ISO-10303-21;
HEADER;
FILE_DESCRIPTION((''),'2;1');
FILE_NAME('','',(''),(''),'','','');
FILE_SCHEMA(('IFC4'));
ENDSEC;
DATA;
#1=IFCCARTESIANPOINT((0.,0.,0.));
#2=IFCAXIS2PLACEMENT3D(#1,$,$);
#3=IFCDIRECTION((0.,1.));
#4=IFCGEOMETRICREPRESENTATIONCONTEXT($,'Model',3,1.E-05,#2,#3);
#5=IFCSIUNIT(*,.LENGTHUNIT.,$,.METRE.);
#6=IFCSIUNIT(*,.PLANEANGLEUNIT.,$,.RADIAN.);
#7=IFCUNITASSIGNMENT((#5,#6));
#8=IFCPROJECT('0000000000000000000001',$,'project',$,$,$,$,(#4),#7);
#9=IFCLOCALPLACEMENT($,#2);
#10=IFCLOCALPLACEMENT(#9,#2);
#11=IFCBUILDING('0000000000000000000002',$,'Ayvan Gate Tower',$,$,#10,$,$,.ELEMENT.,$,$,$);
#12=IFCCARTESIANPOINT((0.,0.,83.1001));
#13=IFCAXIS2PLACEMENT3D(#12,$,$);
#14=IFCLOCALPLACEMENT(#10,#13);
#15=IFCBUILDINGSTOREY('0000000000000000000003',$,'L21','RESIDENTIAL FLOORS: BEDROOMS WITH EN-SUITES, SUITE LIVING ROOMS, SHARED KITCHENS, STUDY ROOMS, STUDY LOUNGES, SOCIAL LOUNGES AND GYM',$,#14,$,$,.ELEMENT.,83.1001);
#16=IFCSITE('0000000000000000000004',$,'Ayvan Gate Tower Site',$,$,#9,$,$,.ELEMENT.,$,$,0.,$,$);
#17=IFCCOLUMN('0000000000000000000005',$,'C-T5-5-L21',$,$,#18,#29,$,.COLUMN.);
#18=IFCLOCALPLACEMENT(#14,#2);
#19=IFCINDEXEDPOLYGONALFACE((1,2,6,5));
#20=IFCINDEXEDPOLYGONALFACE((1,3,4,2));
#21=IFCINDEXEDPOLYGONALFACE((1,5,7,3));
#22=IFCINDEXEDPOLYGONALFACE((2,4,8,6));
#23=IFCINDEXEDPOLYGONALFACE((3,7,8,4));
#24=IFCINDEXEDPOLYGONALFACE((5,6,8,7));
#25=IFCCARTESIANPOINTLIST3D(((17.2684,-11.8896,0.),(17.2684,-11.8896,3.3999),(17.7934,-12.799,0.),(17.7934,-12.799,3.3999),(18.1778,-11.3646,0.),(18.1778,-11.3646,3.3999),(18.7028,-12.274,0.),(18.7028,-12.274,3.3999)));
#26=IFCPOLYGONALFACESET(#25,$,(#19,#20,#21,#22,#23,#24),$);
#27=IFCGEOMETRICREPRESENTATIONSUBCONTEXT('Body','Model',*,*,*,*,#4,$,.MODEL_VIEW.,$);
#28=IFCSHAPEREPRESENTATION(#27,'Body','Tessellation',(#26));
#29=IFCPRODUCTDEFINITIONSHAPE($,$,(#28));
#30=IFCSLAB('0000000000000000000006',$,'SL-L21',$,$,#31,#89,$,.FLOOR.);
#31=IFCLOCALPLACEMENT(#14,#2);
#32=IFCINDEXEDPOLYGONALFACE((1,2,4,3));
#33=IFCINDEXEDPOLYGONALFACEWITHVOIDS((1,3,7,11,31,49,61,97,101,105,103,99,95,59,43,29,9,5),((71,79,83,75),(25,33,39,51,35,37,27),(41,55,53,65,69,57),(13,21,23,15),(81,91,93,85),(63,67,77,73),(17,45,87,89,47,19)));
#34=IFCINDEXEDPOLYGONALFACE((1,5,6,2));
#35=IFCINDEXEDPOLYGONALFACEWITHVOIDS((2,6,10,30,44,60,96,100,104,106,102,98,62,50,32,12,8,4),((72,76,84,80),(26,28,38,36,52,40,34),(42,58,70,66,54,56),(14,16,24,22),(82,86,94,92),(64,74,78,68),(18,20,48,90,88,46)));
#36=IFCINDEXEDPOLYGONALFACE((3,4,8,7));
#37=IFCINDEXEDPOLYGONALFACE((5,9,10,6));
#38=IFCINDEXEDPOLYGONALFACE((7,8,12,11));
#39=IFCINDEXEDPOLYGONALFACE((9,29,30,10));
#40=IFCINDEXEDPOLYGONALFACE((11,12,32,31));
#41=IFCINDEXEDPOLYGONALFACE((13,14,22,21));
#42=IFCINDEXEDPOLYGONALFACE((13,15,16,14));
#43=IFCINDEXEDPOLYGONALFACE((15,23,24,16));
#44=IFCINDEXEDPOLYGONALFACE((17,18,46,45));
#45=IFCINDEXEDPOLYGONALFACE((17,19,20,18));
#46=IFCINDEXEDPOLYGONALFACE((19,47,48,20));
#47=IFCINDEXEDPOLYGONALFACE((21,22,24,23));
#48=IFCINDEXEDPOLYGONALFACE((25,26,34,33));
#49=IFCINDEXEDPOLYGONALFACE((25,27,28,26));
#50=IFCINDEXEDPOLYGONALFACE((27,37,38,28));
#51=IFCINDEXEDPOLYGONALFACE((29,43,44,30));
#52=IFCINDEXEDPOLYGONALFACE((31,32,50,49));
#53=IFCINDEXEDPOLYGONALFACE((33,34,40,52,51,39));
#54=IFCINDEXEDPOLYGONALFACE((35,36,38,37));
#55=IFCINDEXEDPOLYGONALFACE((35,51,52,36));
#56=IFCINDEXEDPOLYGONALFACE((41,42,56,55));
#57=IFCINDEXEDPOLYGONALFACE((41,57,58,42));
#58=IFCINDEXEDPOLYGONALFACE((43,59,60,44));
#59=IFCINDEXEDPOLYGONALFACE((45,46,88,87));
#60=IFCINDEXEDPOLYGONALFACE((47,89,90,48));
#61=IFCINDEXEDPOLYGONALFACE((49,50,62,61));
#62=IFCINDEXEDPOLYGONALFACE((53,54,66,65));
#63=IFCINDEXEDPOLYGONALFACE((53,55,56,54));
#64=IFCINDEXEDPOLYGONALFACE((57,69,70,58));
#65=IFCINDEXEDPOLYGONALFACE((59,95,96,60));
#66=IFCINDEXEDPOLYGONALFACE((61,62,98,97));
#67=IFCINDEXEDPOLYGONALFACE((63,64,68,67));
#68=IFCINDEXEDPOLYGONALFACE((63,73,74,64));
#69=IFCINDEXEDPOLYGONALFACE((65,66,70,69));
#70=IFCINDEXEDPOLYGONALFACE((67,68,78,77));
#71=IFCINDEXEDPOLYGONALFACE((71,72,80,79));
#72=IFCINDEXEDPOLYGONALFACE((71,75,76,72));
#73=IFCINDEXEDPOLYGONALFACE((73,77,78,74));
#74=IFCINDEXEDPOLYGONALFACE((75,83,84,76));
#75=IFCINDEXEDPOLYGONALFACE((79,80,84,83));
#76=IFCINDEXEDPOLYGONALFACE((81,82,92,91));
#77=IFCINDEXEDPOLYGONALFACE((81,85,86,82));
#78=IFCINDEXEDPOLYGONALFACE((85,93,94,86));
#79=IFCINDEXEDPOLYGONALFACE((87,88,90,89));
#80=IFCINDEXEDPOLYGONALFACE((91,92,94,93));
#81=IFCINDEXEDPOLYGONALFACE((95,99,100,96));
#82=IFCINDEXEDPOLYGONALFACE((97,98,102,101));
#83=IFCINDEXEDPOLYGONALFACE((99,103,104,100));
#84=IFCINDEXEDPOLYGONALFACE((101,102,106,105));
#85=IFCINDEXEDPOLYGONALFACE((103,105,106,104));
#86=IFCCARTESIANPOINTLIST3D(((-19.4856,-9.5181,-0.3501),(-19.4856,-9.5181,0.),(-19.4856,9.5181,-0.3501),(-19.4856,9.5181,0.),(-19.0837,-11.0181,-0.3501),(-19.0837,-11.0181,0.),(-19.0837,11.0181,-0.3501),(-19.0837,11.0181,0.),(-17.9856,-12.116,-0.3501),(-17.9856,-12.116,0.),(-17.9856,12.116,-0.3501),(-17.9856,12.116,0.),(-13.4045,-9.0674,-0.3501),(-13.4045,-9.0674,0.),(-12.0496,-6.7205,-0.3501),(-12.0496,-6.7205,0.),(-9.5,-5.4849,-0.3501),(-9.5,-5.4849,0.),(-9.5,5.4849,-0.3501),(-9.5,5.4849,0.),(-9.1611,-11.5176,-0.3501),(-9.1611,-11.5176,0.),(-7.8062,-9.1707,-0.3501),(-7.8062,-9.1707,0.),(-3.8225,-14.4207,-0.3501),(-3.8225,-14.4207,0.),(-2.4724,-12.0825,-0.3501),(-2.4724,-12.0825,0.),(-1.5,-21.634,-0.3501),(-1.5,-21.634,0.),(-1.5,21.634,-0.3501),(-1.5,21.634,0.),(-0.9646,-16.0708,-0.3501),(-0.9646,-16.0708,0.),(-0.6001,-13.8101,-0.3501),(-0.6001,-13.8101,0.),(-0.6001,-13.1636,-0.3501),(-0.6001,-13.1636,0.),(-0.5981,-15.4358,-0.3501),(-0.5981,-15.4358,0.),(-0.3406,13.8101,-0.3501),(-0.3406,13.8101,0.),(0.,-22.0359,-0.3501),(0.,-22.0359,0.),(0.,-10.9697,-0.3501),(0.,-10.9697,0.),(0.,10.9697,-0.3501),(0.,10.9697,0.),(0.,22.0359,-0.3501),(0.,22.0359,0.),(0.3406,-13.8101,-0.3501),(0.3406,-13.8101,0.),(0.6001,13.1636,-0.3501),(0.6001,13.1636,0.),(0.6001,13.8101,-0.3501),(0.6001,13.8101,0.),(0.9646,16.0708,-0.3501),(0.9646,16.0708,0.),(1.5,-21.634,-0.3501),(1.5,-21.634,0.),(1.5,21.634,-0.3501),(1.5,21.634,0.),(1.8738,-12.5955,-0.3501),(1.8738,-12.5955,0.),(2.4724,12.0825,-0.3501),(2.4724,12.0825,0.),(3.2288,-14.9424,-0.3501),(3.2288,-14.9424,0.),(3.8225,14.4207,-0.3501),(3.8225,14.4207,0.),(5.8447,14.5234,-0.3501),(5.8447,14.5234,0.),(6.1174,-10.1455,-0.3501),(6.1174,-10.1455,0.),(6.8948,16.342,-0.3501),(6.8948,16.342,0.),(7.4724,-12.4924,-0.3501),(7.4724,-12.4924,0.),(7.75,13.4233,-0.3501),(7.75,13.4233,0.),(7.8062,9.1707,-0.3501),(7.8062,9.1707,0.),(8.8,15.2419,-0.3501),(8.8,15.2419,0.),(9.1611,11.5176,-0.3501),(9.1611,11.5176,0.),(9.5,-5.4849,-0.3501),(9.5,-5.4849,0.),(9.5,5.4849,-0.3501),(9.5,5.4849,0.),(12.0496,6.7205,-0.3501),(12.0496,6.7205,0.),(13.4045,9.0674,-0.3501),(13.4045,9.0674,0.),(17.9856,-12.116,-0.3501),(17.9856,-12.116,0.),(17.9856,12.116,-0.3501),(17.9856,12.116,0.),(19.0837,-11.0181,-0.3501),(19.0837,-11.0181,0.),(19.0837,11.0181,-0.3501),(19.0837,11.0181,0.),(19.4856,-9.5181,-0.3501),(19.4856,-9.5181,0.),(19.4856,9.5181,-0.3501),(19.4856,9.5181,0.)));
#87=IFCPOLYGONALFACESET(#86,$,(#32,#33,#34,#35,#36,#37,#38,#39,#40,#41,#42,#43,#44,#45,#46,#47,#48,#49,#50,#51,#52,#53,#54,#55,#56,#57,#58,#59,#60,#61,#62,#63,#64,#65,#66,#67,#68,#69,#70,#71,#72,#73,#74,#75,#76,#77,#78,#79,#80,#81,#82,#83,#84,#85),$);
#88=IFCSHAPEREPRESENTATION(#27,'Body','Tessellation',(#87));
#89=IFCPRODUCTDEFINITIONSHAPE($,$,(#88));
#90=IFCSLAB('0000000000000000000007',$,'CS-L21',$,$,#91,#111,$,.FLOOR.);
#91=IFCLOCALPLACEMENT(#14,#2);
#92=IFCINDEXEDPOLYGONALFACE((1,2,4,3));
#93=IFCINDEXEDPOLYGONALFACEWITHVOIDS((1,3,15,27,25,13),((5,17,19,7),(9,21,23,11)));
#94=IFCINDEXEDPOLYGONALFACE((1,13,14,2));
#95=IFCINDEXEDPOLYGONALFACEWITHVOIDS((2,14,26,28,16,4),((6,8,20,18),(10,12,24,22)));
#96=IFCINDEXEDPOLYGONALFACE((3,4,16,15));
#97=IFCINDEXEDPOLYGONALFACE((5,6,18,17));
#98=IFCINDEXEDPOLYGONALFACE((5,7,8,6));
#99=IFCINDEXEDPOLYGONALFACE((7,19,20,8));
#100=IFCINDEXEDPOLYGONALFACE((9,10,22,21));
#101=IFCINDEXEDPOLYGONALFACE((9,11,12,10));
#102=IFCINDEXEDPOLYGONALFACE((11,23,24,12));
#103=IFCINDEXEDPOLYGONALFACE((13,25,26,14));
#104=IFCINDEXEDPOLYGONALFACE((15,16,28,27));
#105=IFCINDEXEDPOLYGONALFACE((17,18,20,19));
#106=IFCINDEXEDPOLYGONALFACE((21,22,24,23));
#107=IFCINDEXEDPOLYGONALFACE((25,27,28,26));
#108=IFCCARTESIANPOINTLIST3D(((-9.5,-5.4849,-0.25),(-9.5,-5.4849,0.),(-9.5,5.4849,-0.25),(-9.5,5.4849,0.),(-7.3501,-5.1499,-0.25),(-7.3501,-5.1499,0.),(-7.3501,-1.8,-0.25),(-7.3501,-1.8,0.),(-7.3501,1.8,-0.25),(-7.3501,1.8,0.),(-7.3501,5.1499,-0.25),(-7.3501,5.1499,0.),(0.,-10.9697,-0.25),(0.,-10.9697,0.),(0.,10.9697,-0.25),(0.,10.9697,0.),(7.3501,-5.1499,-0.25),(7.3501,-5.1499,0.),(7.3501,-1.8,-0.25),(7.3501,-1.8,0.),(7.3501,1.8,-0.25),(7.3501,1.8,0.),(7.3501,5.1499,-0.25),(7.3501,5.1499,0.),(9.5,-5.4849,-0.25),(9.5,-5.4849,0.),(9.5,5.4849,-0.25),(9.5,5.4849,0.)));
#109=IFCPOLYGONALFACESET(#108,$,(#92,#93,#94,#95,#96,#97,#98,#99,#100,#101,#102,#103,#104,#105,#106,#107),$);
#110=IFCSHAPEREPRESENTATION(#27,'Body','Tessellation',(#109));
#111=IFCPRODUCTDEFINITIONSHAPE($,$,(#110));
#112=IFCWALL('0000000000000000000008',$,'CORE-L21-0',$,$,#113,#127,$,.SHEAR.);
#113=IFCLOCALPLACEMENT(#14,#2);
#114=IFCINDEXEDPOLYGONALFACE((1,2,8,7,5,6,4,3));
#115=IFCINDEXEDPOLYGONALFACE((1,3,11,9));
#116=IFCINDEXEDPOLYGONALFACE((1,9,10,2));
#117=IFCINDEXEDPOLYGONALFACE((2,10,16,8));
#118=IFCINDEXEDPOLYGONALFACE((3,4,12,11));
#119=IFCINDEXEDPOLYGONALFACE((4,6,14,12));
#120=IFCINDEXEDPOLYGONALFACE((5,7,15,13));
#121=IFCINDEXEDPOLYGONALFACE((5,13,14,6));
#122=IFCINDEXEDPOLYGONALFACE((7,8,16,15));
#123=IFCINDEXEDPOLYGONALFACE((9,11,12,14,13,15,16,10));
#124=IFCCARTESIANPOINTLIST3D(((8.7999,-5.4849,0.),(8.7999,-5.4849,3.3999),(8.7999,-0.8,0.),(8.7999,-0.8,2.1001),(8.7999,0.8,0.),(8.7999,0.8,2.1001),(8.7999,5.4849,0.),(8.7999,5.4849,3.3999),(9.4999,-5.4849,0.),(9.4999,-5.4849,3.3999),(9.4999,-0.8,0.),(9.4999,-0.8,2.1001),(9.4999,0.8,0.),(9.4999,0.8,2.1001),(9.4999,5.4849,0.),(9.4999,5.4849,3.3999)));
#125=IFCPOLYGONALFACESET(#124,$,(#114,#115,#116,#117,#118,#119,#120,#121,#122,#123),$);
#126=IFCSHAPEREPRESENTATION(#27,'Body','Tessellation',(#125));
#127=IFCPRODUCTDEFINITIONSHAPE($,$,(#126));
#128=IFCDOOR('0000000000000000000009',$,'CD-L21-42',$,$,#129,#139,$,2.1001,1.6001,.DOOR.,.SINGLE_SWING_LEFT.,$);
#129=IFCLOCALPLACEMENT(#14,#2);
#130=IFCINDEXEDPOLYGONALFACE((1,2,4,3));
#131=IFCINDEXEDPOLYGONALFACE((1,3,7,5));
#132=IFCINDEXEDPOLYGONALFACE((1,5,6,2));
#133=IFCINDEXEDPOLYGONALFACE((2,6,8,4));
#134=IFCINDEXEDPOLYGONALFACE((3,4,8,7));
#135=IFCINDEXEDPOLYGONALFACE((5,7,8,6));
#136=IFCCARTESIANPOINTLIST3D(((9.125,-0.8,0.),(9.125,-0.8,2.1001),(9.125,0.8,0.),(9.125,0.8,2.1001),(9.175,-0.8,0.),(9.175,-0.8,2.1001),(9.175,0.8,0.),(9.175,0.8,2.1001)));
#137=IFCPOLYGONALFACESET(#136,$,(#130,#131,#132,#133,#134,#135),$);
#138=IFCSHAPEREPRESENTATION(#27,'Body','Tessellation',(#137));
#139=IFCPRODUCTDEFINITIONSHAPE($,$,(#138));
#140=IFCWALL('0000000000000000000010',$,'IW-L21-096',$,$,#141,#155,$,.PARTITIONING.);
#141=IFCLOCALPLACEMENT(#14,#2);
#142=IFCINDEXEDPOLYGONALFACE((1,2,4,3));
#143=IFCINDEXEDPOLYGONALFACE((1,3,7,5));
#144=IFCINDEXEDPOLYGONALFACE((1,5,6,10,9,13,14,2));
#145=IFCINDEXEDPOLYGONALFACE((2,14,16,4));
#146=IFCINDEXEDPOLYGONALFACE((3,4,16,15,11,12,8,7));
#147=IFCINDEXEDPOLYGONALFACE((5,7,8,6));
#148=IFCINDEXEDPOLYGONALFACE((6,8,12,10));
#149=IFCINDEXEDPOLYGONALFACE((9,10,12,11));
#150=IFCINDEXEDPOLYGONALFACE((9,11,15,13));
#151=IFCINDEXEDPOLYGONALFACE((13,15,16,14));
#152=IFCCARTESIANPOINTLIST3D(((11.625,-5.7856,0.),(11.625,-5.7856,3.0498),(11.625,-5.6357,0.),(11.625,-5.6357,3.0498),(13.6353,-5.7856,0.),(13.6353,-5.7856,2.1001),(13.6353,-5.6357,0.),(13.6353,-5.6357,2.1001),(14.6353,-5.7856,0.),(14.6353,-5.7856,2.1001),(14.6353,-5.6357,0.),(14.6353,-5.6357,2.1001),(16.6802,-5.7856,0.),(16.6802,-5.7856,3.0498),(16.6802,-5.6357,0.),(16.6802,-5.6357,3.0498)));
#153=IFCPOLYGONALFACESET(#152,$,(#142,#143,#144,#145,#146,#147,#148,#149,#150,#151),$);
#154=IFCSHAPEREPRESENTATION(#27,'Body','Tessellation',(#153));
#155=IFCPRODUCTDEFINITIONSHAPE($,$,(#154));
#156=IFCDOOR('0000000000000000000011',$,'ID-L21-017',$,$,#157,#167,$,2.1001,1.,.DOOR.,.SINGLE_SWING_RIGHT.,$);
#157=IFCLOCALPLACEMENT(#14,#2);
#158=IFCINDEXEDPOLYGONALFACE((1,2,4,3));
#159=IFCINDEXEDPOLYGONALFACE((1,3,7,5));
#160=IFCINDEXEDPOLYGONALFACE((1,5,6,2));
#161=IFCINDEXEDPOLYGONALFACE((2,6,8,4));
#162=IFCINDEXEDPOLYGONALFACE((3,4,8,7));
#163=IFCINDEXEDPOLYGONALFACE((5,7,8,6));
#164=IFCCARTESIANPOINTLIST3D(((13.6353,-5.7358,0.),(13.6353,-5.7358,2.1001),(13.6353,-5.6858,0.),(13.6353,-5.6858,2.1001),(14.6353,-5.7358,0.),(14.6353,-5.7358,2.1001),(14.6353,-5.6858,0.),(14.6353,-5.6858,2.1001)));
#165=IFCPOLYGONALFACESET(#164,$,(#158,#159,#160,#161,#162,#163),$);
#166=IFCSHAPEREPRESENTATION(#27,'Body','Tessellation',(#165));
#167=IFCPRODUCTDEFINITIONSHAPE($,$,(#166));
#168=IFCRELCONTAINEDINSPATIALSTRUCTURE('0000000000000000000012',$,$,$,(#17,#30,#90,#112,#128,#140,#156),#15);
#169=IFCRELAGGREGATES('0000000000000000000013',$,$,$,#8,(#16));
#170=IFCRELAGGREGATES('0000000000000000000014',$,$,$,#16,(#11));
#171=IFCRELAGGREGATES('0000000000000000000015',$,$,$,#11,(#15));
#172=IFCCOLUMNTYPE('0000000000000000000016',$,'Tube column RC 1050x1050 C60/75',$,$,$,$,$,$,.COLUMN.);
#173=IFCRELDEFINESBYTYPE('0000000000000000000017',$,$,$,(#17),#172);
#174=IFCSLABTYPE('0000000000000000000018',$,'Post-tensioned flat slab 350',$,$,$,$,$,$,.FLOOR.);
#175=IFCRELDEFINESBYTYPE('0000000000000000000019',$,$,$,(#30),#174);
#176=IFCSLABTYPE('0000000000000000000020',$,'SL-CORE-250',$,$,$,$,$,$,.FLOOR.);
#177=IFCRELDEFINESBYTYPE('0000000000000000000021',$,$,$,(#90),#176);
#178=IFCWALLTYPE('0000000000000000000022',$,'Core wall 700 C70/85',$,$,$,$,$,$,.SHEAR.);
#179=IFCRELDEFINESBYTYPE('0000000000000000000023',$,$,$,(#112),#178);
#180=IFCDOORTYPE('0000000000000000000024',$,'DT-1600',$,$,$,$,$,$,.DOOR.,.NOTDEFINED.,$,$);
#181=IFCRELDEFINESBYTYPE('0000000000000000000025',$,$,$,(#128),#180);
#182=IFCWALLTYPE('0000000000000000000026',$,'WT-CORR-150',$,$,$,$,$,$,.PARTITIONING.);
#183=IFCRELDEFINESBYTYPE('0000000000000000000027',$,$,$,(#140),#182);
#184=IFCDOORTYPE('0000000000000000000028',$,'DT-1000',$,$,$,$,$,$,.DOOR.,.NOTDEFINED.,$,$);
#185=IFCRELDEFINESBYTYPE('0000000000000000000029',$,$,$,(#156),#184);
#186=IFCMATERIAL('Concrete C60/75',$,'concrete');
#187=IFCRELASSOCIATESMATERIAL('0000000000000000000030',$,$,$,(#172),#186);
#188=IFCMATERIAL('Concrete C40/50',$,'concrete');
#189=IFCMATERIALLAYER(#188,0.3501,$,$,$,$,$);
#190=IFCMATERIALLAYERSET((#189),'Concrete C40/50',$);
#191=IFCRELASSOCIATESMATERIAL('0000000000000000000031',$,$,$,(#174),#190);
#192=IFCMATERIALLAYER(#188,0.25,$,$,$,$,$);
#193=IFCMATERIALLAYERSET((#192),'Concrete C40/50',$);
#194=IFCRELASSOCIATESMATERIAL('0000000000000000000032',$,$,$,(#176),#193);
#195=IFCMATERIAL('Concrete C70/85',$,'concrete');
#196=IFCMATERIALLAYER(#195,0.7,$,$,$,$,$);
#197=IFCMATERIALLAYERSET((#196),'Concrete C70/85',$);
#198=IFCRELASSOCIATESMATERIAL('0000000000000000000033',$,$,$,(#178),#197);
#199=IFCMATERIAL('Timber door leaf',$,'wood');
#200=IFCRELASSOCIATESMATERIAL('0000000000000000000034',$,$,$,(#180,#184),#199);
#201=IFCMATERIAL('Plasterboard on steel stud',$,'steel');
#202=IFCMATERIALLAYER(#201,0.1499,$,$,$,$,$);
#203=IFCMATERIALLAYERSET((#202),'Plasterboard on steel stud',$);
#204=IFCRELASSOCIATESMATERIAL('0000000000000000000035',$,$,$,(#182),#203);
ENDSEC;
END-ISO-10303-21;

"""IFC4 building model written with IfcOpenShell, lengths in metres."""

from ifc_helpers import new_model, si_unit, direction, frame, frame_2d, origin, origin_2d, place, context, subcontext, project, spatial, polyline, rectangle, outline, extrude, material, layer, layer_set, material_profile, profile_set, type_object, element, fill, save


model = new_model("IFC4")

# Units and contexts
model_context = context("Model", 3, precision=1e-05, world=origin(), true_north=direction((0.0, 1.0)))
body_context = subcontext(model_context, "Body", "Model", "MODEL_VIEW")
ifc_project = project(units=[si_unit("LENGTHUNIT", "METRE"), si_unit("PLANEANGLEUNIT", "RADIAN")], contexts=[model_context])

# Site, building, storey
site_placement = place(None, origin())
site = spatial("IfcSite", under=ifc_project, at=site_placement, Name="Ayvan Gate Tower Site", CompositionType="ELEMENT", RefElevation=0.0)
building_placement = place(site_placement, origin())
building = spatial("IfcBuilding", under=site, at=building_placement, Name="Ayvan Gate Tower", CompositionType="ELEMENT")
storey_placement = place(building_placement, frame((0.0, 0.0, 83.1001)))
storey = spatial("IfcBuildingStorey", under=building, at=storey_placement, Name="L21", Description="RESIDENTIAL FLOORS: BEDROOMS WITH EN-SUITES, SUITE LIVING ROOMS, SHARED KITCHENS, STUDY ROOMS, STUDY LOUNGES, SOCIAL LOUNGES AND GYM", CompositionType="ELEMENT", Elevation=83.1001)

# Column
ifc_material_1 = material(Name="Concrete C60/75", Category="concrete")
ifc_material_profile = material_profile(ifc_material_1, rectangle(XDim=1.05, YDim=1.05, at=origin_2d()), Name="RC 1050x1050")
ifc_profile_set = profile_set([ifc_material_profile], Name="Concrete C60/75")
column_type = type_object("IfcColumnType", Name="Tube column RC 1050x1050 C60/75", PredefinedType="COLUMN", material=ifc_profile_set)
column_placement = place(storey_placement, frame((17.9856, -12.0818, 0.0), z_axis=(0.0, 0.0, 1.0), x_axis=(0.5, -0.866025, 0.0)))
element("IfcColumn", 1, at=column_placement, inside=storey, type_object=column_type, Name="C-T5-5-L21", PredefinedType="COLUMN", context=body_context, shape_type="SweptSolid", body=[
    extrude(rectangle(XDim=1.05, YDim=1.05, at=origin_2d()), origin(), (0.0, 0.0, 1.0), 3.3999),
])

# Slabs
ifc_material_2 = material(Name="Concrete C40/50", Category="concrete")
ifc_layer_1 = layer(ifc_material_2, 0.3501)
ifc_layer_set_1 = layer_set([ifc_layer_1], Name="Concrete C40/50")
slab_type_1 = type_object("IfcSlabType", Name="Post-tensioned flat slab 350", PredefinedType="FLOOR", material=ifc_layer_set_1)
slab_1_placement = place(storey_placement, frame((0.0, 0.0, -0.3501)))
element("IfcSlab", 2, at=slab_1_placement, inside=storey, type_object=slab_type_1, Name="SL-L21", PredefinedType="FLOOR", context=body_context, shape_type="SweptSolid", body=[
    extrude(outline(polyline([(0.0, -22.0359), (-1.5, -21.634), (-17.9856, -12.116), (-19.0837, -11.0181), (-19.4856, -9.5181), (-19.4856, 9.5181), (-19.0837, 11.0181), (-17.9856, 12.116), (-1.5, 21.634), (0.0, 22.0359), (1.5, 21.634), (17.9856, 12.116), (19.0837, 11.0181), (19.4856, 9.5181), (19.4856, -9.5181), (19.0837, -11.0181), (17.9856, -12.116), (1.5, -21.634), (0.0, -22.0359)]), holes=[polyline([(13.4045, 9.0674), (9.1611, 11.5176), (7.8062, 9.1707), (12.0496, 6.7205), (13.4045, 9.0674)]), polyline([(0.0, 10.9697), (-9.5, 5.4849), (-9.5, -5.4849), (0.0, -10.9697), (9.5, -5.4849), (9.5, 5.4849), (0.0, 10.9697)]), polyline([(5.8447, 14.5234), (7.75, 13.4233), (8.8, 15.2419), (6.8948, 16.342), (5.8447, 14.5234)]), polyline([(3.2288, -14.9424), (7.4724, -12.4924), (6.1174, -10.1455), (1.8738, -12.5955), (3.2288, -14.9424)]), polyline([(2.4724, 12.0825), (3.8225, 14.4207), (0.9646, 16.0708), (-0.3406, 13.8101), (0.6001, 13.8101), (0.6001, 13.1636), (2.4724, 12.0825)]), polyline([(0.3406, -13.8101), (-0.6001, -13.8101), (-0.6001, -13.1636), (-2.4724, -12.0825), (-3.8225, -14.4207), (-0.9646, -16.0708), (-0.5981, -15.4358), (0.3406, -13.8101)]), polyline([(-7.8062, -9.1707), (-12.0496, -6.7205), (-13.4045, -9.0674), (-9.1611, -11.5176), (-7.8062, -9.1707)])]), origin(), (0.0, 0.0, 1.0), 0.3501),
])
ifc_layer_2 = layer(ifc_material_2, 0.25)
ifc_layer_set_2 = layer_set([ifc_layer_2], Name="Concrete C40/50")
slab_type_2 = type_object("IfcSlabType", Name="SL-CORE-250", PredefinedType="FLOOR", material=ifc_layer_set_2)
slab_2_placement = place(storey_placement, frame((0.0, 0.0, -0.25)))
element("IfcSlab", 3, at=slab_2_placement, inside=storey, type_object=slab_type_2, Name="CS-L21", PredefinedType="FLOOR", context=body_context, shape_type="SweptSolid", body=[
    extrude(outline(polyline([(9.5, -5.4849), (0.0, -10.9697), (-9.5, -5.4849), (-9.5, 5.4849), (0.0, 10.9697), (9.5, 5.4849), (9.5, -5.4849)]), holes=[polyline([(-7.3501, -1.8), (-7.3501, -5.1499), (7.3501, -5.1499), (7.3501, -1.8), (-7.3501, -1.8)]), polyline([(-7.3501, 5.1499), (-7.3501, 1.8), (7.3501, 1.8), (7.3501, 5.1499), (-7.3501, 5.1499)])]), origin(), (0.0, 0.0, 1.0), 0.25),
])

# Walls, openings, doors
ifc_material_3 = material(Name="Concrete C70/85", Category="concrete")
ifc_layer_3 = layer(ifc_material_3, 0.7)
ifc_layer_set_3 = layer_set([ifc_layer_3], Name="Concrete C70/85")
wall_type_1 = type_object("IfcWallType", Name="Core wall 700 C70/85", PredefinedType="SHEAR", material=ifc_layer_set_3)
wall_1_placement = place(storey_placement, frame((9.1499, -5.4849, 0.0), z_axis=(0.0, 0.0, 1.0), x_axis=(0.0, 1.0, 0.0)))
wall_1 = element("IfcWall", 4, at=wall_1_placement, inside=storey, type_object=wall_type_1, Name="CORE-L21-0", PredefinedType="SHEAR", context=body_context, shape_type="SweptSolid", body=[
    extrude(rectangle(XDim=10.9697, YDim=0.7, at=frame_2d((5.4849, 0.0))), origin(), (0.0, 0.0, 1.0), 3.3999),
])
opening_1_placement = place(wall_1_placement, frame((4.6848, 0.0, 0.0)))
opening_1 = element("IfcOpeningElement", 5, at=opening_1_placement, cuts=wall_1, PredefinedType="OPENING", context=body_context, shape_type="SweptSolid", body=[
    extrude(rectangle(XDim=1.6001, YDim=2.1001, at=frame_2d((0.8, 1.05))), frame((0.0, 0.3599, 0.0), z_axis=(0.0, -1.0, 0.0), x_axis=(1.0, 0.0, 0.0)), (0.0, 0.0, 1.0), 0.72),
])
ifc_material_4 = material(Name="Timber door leaf", Category="wood")
door_type_1 = type_object("IfcDoorType", Name="DT-1600", OperationType="NOTDEFINED", PredefinedType="DOOR", material=ifc_material_4)
door_1_placement = place(opening_1_placement, origin())
door_1 = element("IfcDoor", 6, at=door_1_placement, inside=storey, type_object=door_type_1, Name="CD-L21-42", OperationType="SINGLE_SWING_LEFT", OverallHeight=2.1001, OverallWidth=1.6001, PredefinedType="DOOR", context=body_context, shape_type="SweptSolid", body=[
    extrude(rectangle(XDim=1.6001, YDim=2.1001, at=frame_2d((0.8, 1.05))), frame((0.0, 0.0249, 0.0), z_axis=(0.0, -1.0, 0.0), x_axis=(1.0, 0.0, 0.0)), (0.0, 0.0, 1.0), 0.05),
])
fill(opening_1, door_1)
ifc_material_5 = material(Name="Plasterboard on steel stud", Category="steel")
ifc_layer_4 = layer(ifc_material_5, 0.1499)
ifc_layer_set_4 = layer_set([ifc_layer_4], Name="Plasterboard on steel stud")
wall_type_2 = type_object("IfcWallType", Name="WT-CORR-150", PredefinedType="PARTITIONING", material=ifc_layer_set_4)
wall_2_placement = place(storey_placement, frame((11.625, -5.7107, 0.0), z_axis=(0.0, 0.0, 1.0), x_axis=(1.0, 0.0, 0.0)))
wall_2 = element("IfcWall", 7, at=wall_2_placement, inside=storey, type_object=wall_type_2, Name="IW-L21-096", PredefinedType="PARTITIONING", context=body_context, shape_type="SweptSolid", body=[
    extrude(rectangle(XDim=5.0552, YDim=0.1499, at=frame_2d((2.5276, 0.0))), origin(), (0.0, 0.0, 1.0), 3.0498),
])
opening_2_placement = place(wall_2_placement, frame((2.0103, 0.0, 0.0)))
opening_2 = element("IfcOpeningElement", 8, at=opening_2_placement, cuts=wall_2, PredefinedType="OPENING", context=body_context, shape_type="SweptSolid", body=[
    extrude(rectangle(XDim=1.0, YDim=2.1001, at=frame_2d((0.5, 1.05))), frame((0.0, 0.085, 0.0), z_axis=(0.0, -1.0, 0.0), x_axis=(1.0, 0.0, 0.0)), (0.0, 0.0, 1.0), 0.1699),
])
door_type_2 = type_object("IfcDoorType", Name="DT-1000", OperationType="NOTDEFINED", PredefinedType="DOOR", material=ifc_material_4)
door_2_placement = place(opening_2_placement, origin())
door_2 = element("IfcDoor", 9, at=door_2_placement, inside=storey, type_object=door_type_2, Name="ID-L21-017", OperationType="SINGLE_SWING_RIGHT", OverallHeight=2.1001, OverallWidth=1.0, PredefinedType="DOOR", context=body_context, shape_type="SweptSolid", body=[
    extrude(rectangle(XDim=1.0, YDim=2.1001, at=frame_2d((0.5, 1.05))), frame((0.0, 0.0249, 0.0), z_axis=(0.0, -1.0, 0.0), x_axis=(1.0, 0.0, 0.0)), (0.0, 0.0, 1.0), 0.05),
])
fill(opening_2, door_2)

save(model, "model.ifc")
